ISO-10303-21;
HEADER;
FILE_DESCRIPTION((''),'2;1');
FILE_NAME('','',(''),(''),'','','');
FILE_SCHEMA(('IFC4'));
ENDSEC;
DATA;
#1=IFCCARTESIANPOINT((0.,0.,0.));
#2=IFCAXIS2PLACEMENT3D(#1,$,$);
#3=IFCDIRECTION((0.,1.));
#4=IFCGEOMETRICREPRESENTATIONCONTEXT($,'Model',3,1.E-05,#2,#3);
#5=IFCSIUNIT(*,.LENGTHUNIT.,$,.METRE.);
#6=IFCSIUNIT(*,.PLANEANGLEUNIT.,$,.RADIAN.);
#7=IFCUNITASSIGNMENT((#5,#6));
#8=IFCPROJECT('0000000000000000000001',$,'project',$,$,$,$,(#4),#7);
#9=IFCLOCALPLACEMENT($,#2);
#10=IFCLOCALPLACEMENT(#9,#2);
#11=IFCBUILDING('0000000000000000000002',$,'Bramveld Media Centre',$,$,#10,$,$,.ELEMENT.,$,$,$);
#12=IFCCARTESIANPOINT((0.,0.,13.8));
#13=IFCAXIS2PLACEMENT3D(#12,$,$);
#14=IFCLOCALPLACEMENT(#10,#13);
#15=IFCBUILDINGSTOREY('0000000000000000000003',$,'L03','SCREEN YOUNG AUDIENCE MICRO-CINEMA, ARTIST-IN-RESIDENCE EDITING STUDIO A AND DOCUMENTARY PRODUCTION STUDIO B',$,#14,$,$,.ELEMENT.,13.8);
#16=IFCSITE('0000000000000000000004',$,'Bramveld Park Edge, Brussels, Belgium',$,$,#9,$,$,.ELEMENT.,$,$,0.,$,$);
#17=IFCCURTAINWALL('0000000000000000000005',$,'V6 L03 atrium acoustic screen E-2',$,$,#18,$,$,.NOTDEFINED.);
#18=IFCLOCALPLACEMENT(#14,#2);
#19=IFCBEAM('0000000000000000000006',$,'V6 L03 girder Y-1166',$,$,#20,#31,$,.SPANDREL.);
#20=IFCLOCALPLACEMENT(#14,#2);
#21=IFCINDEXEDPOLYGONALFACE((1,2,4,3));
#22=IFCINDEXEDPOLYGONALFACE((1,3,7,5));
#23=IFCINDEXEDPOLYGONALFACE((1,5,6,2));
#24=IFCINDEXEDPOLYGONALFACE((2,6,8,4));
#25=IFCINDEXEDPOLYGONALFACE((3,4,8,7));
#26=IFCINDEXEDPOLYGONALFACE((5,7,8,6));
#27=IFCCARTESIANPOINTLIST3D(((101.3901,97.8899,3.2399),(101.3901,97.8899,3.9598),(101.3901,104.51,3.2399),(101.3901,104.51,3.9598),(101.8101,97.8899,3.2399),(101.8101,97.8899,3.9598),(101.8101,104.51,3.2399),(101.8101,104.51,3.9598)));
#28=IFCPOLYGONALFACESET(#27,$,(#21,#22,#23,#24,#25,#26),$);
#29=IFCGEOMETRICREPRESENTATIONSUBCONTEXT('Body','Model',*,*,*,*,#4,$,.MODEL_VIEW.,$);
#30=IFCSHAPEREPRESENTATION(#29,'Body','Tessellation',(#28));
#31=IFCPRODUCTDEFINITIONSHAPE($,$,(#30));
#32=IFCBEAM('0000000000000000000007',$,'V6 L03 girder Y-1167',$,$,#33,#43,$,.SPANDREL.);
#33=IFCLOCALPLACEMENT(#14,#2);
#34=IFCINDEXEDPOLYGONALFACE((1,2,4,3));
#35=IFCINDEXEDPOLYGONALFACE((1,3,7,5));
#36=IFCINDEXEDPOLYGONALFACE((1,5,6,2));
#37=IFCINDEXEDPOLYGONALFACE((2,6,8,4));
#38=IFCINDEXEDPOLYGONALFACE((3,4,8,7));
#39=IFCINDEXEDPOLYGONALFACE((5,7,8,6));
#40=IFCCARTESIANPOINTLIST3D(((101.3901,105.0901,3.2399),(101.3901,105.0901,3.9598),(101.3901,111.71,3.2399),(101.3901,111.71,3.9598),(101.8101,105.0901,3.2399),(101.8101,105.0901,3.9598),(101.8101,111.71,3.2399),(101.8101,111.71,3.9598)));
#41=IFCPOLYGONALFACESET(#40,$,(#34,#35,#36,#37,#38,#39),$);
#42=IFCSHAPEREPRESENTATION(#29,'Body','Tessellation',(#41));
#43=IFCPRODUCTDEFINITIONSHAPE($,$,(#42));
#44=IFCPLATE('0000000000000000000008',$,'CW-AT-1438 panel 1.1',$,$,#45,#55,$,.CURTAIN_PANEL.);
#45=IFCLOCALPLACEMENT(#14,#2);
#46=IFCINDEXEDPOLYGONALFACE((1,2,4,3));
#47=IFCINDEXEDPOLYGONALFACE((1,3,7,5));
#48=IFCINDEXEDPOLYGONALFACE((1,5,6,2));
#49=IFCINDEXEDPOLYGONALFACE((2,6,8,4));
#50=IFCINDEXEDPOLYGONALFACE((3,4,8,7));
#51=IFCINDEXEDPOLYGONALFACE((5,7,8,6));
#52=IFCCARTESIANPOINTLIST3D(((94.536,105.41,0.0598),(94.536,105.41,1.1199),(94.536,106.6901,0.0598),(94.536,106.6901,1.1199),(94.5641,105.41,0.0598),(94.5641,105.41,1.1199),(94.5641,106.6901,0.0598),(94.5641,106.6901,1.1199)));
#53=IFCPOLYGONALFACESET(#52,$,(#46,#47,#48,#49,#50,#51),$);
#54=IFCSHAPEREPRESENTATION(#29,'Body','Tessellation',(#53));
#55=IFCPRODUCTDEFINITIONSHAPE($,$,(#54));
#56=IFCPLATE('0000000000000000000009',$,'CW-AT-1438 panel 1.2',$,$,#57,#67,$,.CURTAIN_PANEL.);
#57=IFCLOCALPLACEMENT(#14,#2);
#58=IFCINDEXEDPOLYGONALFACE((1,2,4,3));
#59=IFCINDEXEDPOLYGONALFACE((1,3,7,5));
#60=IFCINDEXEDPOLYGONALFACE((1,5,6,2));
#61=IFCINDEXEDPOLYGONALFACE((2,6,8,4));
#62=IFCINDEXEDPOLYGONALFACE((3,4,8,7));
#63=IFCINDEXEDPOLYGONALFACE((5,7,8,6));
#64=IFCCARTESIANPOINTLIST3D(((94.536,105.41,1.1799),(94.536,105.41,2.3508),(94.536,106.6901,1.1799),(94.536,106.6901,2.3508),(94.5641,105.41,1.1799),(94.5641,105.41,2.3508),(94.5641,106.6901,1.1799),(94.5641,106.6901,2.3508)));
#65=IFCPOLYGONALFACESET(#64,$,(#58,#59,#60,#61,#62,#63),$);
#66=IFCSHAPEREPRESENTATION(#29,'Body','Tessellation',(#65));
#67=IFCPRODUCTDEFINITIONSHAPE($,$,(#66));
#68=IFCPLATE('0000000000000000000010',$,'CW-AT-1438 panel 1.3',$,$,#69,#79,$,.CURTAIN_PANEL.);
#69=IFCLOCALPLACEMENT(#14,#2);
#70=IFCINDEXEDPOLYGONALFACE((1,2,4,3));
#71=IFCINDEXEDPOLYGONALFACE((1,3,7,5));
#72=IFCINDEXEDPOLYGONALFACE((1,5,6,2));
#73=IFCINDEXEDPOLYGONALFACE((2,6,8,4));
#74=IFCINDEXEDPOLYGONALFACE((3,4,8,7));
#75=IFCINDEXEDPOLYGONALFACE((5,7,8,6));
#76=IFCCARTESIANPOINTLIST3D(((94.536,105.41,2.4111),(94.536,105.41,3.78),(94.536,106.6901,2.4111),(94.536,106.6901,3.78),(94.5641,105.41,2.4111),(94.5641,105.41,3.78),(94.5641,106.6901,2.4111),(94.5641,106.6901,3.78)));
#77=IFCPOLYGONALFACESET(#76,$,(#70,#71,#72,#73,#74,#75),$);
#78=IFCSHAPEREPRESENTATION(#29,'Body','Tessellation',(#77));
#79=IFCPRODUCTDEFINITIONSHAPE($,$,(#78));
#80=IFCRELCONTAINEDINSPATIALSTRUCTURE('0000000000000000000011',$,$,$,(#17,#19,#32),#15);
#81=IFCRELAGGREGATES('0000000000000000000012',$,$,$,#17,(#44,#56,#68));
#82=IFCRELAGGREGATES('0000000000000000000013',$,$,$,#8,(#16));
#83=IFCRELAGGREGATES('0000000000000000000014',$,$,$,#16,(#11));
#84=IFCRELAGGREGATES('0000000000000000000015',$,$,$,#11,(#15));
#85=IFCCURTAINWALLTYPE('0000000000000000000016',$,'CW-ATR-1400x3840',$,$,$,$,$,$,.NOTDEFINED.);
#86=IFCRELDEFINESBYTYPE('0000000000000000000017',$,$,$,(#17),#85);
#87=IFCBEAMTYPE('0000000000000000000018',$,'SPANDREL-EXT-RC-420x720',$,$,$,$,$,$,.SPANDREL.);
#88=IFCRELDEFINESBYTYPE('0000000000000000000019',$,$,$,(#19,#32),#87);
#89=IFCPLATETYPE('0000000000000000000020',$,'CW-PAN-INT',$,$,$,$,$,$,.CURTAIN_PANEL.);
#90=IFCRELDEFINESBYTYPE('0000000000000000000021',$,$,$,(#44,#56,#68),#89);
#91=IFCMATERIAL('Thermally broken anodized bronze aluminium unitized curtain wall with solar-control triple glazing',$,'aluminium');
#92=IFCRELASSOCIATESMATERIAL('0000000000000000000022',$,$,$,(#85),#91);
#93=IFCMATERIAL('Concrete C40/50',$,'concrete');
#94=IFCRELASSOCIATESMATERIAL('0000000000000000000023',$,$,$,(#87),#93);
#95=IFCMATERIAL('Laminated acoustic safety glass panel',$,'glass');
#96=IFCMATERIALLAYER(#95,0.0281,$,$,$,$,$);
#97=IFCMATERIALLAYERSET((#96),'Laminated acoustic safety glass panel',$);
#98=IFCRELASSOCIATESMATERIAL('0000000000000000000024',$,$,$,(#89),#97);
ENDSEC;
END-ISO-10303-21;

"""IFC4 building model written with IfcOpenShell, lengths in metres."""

from ifc_helpers import new_model, si_unit, direction, frame, origin, origin_2d, place, context, subcontext, project, spatial, rectangle, extrude, material, layer, layer_set, material_profile, profile_set, type_object, element, aggregate, save


model = new_model("IFC4")

# Units and contexts
model_context = context("Model", 3, precision=1e-05, world=origin(), true_north=direction((0.0, 1.0)))
body_context = subcontext(model_context, "Body", "Model", "MODEL_VIEW")
ifc_project = project(units=[si_unit("LENGTHUNIT", "METRE"), si_unit("PLANEANGLEUNIT", "RADIAN")], contexts=[model_context])

# Site, building, storey
site_placement = place(None, origin())
site = spatial("IfcSite", under=ifc_project, at=site_placement, Name="Bramveld Park Edge, Brussels, Belgium", CompositionType="ELEMENT", RefElevation=0.0)
building_placement = place(site_placement, origin())
building = spatial("IfcBuilding", under=site, at=building_placement, Name="Bramveld Media Centre", CompositionType="ELEMENT")
storey_placement = place(building_placement, frame((0.0, 0.0, 13.8)))
storey = spatial("IfcBuildingStorey", under=building, at=storey_placement, Name="L03", Description="SCREEN YOUNG AUDIENCE MICRO-CINEMA, ARTIST-IN-RESIDENCE EDITING STUDIO A AND DOCUMENTARY PRODUCTION STUDIO B", CompositionType="ELEMENT", Elevation=13.8)

# Curtain wall
ifc_material_1 = material(Name="Thermally broken anodized bronze aluminium unitized curtain wall with solar-control triple glazing", Category="aluminium")
curtain_wall_type = type_object("IfcCurtainWallType", Name="CW-ATR-1400x3840", PredefinedType="NOTDEFINED", material=ifc_material_1)
curtain_wall_placement = place(storey_placement, origin())
curtain_wall = element("IfcCurtainWall", 1, at=curtain_wall_placement, inside=storey, type_object=curtain_wall_type, Name="V6 L03 atrium acoustic screen E-2", PredefinedType="NOTDEFINED")

# Beams
ifc_material_2 = material(Name="Concrete C40/50", Category="concrete")
ifc_material_profile_1 = material_profile(ifc_material_2, rectangle(XDim=0.4199, YDim=0.72, at=origin_2d()), Name="RC 420x720")
ifc_profile_set_1 = profile_set([ifc_material_profile_1], Name="Concrete C40/50")
beam_type_1 = type_object("IfcBeamType", Name="SPANDREL-EXT-RC-420x720", PredefinedType="SPANDREL", material=ifc_profile_set_1)
beam_1_placement = place(storey_placement, frame((101.6001, 97.8899, 3.5999), z_axis=(0.0, 1.0, 0.0), x_axis=(-1.0, 0.0, 0.0)))
element("IfcBeam", 2, at=beam_1_placement, inside=storey, type_object=beam_type_1, Name="V6 L03 girder Y-1166", PredefinedType="SPANDREL", context=body_context, shape_type="SweptSolid", body=[
    extrude(rectangle(XDim=0.4199, YDim=0.72, at=origin_2d()), origin(), (0.0, 0.0, 1.0), 6.6201),
])
beam_2_placement = place(storey_placement, frame((101.6001, 105.0901, 3.5999), z_axis=(0.0, 1.0, 0.0), x_axis=(-1.0, 0.0, 0.0)))
element("IfcBeam", 3, at=beam_2_placement, inside=storey, type_object=beam_type_1, Name="V6 L03 girder Y-1167", PredefinedType="SPANDREL", context=body_context, shape_type="SweptSolid", body=[
    extrude(rectangle(XDim=0.4199, YDim=0.72, at=origin_2d()), origin(), (0.0, 0.0, 1.0), 6.6199),
])

# Plates
ifc_material_3 = material(Name="Laminated acoustic safety glass panel", Category="glass")
ifc_layer_1 = layer(ifc_material_3, 0.0281)
ifc_layer_set_1 = layer_set([ifc_layer_1], Name="Laminated acoustic safety glass panel")
plate_type = type_object("IfcPlateType", Name="CW-PAN-INT", PredefinedType="CURTAIN_PANEL", material=ifc_layer_set_1)
plate_1_placement = place(storey_placement, frame((94.55, 106.05, 0.0598), z_axis=(0.0, 0.0, 1.0), x_axis=(0.0, 1.0, 0.0)))
plate_1 = element("IfcPlate", 4, at=plate_1_placement, type_object=plate_type, Name="CW-AT-1438 panel 1.1", PredefinedType="CURTAIN_PANEL", context=body_context, shape_type="SweptSolid", body=[
    extrude(rectangle(XDim=1.28, YDim=0.0281, at=origin_2d()), origin(), (0.0, 0.0, 1.0), 1.0601),
])
plate_2_placement = place(storey_placement, frame((94.55, 106.05, 1.1799), z_axis=(0.0, 0.0, 1.0), x_axis=(0.0, 1.0, 0.0)))
plate_2 = element("IfcPlate", 5, at=plate_2_placement, type_object=plate_type, Name="CW-AT-1438 panel 1.2", PredefinedType="CURTAIN_PANEL", context=body_context, shape_type="SweptSolid", body=[
    extrude(rectangle(XDim=1.28, YDim=0.0281, at=origin_2d()), origin(), (0.0, 0.0, 1.0), 1.1709),
])
plate_3_placement = place(storey_placement, frame((94.55, 106.05, 2.4111), z_axis=(0.0, 0.0, 1.0), x_axis=(0.0, 1.0, 0.0)))
plate_3 = element("IfcPlate", 6, at=plate_3_placement, type_object=plate_type, Name="CW-AT-1438 panel 1.3", PredefinedType="CURTAIN_PANEL", context=body_context, shape_type="SweptSolid", body=[
    extrude(rectangle(XDim=1.28, YDim=0.0281, at=origin_2d()), origin(), (0.0, 0.0, 1.0), 1.3689),
])
aggregate(curtain_wall, [plate_1, plate_2, plate_3])

save(model, "model.ifc")
